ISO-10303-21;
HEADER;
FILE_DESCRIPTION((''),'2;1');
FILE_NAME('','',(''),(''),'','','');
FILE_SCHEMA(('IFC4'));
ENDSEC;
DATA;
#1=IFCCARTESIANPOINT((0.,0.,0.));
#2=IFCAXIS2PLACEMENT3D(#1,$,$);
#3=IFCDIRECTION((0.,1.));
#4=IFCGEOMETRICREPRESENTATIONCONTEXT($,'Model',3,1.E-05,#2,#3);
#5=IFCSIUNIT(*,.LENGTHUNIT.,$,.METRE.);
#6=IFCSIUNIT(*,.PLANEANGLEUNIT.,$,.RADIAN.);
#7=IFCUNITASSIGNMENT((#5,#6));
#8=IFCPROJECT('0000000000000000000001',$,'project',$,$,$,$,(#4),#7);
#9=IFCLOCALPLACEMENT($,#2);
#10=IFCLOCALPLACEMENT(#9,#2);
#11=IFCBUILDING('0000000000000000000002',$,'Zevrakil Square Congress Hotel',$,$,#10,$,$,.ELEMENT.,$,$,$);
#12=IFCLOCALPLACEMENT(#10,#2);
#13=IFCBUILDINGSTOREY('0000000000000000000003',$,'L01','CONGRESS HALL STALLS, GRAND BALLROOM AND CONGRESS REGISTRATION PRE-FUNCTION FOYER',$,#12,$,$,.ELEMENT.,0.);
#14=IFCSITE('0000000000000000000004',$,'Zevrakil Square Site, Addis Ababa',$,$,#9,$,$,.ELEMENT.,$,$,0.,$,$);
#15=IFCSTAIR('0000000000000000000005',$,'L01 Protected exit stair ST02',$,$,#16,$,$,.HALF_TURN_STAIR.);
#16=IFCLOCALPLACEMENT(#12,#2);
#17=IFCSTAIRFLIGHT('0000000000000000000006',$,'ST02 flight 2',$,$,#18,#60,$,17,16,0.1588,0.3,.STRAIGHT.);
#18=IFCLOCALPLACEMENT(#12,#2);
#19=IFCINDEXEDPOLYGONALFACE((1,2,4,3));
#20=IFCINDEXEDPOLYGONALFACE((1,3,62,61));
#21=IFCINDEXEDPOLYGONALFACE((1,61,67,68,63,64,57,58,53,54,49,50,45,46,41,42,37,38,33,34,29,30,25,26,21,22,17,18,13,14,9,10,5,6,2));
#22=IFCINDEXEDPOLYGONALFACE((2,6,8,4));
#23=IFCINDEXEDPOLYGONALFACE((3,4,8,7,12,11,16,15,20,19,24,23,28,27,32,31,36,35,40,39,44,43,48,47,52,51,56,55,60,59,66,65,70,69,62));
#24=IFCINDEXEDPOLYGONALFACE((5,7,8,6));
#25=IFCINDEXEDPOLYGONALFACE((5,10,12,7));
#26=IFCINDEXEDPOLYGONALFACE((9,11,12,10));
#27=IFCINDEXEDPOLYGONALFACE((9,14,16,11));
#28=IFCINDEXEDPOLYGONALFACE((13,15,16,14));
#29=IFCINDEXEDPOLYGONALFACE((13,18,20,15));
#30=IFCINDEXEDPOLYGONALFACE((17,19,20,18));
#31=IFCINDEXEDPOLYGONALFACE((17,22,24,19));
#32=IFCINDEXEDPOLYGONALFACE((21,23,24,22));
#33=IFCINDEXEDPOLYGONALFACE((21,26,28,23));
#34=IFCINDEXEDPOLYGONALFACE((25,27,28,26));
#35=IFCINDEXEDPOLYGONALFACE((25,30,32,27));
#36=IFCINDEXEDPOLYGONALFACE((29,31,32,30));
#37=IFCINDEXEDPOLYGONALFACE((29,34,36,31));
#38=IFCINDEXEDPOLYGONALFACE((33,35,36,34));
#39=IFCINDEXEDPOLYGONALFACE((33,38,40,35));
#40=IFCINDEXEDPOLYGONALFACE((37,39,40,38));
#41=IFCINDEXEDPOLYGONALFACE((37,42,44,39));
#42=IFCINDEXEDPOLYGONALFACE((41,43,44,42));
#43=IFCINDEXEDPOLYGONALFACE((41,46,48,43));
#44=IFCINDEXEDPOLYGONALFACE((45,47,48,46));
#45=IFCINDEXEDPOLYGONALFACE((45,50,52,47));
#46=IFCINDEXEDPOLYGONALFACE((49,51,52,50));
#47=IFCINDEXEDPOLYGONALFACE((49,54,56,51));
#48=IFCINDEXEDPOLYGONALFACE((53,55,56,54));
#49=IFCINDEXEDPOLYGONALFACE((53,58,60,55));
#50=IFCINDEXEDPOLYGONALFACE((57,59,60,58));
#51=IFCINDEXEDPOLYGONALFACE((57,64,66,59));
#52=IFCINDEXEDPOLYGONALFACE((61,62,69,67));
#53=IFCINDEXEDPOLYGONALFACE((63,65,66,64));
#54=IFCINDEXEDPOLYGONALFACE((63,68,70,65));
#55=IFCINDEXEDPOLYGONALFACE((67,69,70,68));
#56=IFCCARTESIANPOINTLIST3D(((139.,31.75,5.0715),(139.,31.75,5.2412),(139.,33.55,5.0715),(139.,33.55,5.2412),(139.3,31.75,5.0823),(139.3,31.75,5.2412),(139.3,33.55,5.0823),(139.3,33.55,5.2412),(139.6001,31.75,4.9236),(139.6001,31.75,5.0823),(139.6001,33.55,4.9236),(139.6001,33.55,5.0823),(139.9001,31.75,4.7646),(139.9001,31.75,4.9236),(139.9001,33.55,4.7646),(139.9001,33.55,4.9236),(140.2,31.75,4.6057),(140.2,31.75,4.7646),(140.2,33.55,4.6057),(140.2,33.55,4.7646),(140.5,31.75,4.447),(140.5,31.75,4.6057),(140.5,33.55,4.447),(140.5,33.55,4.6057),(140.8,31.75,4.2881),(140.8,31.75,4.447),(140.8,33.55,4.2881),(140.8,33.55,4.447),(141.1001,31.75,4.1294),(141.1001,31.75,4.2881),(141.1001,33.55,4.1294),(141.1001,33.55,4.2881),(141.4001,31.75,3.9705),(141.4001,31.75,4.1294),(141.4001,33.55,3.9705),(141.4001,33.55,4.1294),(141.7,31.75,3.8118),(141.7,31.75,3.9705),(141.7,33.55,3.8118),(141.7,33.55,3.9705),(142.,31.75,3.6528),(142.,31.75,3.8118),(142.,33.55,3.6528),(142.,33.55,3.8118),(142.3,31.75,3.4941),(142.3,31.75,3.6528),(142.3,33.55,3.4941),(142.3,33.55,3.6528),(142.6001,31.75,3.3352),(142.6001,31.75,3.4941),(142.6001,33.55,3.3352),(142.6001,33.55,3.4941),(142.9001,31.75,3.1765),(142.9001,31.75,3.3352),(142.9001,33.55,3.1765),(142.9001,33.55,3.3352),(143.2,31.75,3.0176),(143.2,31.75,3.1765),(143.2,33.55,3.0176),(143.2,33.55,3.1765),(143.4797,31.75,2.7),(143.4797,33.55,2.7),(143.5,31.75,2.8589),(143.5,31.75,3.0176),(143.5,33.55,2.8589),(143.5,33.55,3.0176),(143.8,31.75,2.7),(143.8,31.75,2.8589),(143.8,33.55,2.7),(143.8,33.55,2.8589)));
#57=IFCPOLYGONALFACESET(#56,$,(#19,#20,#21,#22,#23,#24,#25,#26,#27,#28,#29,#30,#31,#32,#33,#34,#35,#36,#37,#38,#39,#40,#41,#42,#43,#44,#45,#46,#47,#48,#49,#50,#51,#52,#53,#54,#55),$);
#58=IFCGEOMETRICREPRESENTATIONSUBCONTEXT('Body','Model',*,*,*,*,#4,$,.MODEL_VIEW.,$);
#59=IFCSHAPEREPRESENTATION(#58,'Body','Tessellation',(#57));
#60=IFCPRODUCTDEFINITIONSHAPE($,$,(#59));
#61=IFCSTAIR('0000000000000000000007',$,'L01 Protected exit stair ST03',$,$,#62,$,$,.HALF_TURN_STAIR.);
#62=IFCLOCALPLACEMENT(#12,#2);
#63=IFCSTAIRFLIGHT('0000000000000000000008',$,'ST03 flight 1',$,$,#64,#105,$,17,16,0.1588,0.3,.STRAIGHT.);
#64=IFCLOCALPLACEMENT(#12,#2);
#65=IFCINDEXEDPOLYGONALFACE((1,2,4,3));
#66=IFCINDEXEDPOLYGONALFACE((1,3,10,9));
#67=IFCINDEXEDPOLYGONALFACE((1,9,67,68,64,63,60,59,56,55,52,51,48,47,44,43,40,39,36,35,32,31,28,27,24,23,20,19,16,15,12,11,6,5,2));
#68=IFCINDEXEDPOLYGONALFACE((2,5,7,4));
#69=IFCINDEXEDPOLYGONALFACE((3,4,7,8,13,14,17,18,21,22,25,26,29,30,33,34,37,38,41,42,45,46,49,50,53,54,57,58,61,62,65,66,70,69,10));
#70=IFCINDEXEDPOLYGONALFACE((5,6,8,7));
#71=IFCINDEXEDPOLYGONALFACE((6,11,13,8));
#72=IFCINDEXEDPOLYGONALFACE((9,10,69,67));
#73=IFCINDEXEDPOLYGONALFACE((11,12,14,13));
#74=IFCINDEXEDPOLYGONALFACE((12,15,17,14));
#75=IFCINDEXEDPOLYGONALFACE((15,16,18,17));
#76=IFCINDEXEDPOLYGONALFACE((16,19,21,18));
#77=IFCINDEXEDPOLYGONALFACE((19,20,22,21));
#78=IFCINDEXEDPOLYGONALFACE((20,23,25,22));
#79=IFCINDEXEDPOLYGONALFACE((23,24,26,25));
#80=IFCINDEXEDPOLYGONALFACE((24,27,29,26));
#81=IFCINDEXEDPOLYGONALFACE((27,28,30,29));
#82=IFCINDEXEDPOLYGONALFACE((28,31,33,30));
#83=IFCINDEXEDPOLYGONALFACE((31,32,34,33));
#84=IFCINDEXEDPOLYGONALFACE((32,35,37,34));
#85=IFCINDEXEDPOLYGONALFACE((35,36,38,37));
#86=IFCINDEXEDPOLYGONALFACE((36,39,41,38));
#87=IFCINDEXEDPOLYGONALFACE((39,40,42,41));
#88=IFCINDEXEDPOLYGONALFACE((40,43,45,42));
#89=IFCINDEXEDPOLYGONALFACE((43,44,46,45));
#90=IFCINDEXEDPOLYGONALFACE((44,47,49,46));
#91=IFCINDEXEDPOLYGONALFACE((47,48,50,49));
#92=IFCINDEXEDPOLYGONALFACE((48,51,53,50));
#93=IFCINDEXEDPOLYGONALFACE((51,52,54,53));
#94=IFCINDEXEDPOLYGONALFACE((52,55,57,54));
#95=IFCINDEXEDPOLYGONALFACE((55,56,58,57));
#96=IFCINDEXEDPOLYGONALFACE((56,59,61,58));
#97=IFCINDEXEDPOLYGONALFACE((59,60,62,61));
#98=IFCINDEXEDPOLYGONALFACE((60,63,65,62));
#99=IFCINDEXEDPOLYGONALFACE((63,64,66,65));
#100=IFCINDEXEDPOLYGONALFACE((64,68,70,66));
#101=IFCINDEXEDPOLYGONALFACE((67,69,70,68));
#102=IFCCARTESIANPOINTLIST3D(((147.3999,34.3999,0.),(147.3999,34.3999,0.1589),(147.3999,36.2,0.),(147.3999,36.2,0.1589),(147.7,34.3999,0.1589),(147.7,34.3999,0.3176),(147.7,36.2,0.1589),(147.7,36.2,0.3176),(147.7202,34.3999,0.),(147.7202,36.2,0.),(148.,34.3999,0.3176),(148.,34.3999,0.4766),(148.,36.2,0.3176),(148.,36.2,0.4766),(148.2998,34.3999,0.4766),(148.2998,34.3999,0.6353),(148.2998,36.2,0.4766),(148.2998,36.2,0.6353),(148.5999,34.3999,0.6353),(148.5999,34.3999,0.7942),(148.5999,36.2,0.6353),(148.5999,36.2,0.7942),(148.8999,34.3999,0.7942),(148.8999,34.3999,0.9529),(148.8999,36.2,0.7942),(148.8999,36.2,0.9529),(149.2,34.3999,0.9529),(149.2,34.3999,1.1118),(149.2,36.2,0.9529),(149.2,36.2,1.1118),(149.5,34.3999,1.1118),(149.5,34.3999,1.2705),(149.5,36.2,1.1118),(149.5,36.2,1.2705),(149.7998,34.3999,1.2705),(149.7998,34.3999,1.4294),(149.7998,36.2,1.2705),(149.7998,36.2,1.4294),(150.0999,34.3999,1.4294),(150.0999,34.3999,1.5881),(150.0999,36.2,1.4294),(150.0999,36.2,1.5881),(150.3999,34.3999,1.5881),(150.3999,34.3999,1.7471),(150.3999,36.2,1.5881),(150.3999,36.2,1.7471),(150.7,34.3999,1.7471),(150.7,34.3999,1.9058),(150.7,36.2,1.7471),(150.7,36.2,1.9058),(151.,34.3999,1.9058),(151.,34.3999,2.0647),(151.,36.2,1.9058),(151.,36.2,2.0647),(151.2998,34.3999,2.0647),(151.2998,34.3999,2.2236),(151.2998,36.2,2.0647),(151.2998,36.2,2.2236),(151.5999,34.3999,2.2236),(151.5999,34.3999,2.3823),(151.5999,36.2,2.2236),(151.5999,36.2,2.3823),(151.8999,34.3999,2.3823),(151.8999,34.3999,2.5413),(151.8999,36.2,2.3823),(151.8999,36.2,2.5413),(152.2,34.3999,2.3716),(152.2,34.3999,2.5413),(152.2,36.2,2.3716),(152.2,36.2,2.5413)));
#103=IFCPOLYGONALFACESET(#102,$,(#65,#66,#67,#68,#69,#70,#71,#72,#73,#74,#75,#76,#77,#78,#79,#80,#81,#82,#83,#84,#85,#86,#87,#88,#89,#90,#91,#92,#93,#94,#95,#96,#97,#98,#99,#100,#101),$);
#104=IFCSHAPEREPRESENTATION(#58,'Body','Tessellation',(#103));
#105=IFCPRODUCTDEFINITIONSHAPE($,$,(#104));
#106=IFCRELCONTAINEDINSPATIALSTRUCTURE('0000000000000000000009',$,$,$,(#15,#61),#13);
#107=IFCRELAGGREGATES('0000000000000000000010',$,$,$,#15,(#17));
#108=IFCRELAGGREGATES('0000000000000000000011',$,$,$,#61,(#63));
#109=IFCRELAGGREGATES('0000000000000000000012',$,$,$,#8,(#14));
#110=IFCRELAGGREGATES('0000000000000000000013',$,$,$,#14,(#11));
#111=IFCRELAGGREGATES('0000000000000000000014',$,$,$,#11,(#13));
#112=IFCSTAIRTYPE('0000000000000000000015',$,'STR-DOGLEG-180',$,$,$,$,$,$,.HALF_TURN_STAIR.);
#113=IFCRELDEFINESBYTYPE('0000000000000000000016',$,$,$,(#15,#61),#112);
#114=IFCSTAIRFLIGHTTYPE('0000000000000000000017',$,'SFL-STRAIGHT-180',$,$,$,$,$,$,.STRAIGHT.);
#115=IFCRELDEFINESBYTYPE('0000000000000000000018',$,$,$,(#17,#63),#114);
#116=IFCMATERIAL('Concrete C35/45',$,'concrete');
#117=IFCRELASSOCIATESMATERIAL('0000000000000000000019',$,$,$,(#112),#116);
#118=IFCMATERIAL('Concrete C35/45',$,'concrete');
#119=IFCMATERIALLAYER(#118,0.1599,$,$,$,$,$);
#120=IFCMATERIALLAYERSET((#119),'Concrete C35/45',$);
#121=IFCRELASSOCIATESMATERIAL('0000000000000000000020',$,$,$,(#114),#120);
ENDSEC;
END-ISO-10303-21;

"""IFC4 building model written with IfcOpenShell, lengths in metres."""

from ifc_helpers import new_model, si_unit, direction, frame, origin, place, context, subcontext, project, spatial, polyline, outline, extrude, material, layer, layer_set, type_object, element, aggregate, save


model = new_model("IFC4")

# Units and contexts
model_context = context("Model", 3, precision=1e-05, world=origin(), true_north=direction((0.0, 1.0)))
body_context = subcontext(model_context, "Body", "Model", "MODEL_VIEW")
ifc_project = project(units=[si_unit("LENGTHUNIT", "METRE"), si_unit("PLANEANGLEUNIT", "RADIAN")], contexts=[model_context])

# Site, building, storey
site_placement = place(None, origin())
site = spatial("IfcSite", under=ifc_project, at=site_placement, Name="Zevrakil Square Site, Addis Ababa", CompositionType="ELEMENT", RefElevation=0.0)
building_placement = place(site_placement, origin())
building = spatial("IfcBuilding", under=site, at=building_placement, Name="Zevrakil Square Congress Hotel", CompositionType="ELEMENT")
storey_placement = place(building_placement, origin())
storey = spatial("IfcBuildingStorey", under=building, at=storey_placement, Name="L01", Description="CONGRESS HALL STALLS, GRAND BALLROOM AND CONGRESS REGISTRATION PRE-FUNCTION FOYER", CompositionType="ELEMENT", Elevation=0.0)

# Stairs, stair flights
ifc_material_1 = material(Name="Concrete C35/45", Category="concrete")
stair_type = type_object("IfcStairType", Name="STR-DOGLEG-180", PredefinedType="HALF_TURN_STAIR", material=ifc_material_1)
stair_1_placement = place(storey_placement, origin())
stair_1 = element("IfcStair", 1, at=stair_1_placement, inside=storey, type_object=stair_type, Name="L01 Protected exit stair ST02", PredefinedType="HALF_TURN_STAIR")
ifc_material_2 = material(Name="Concrete C35/45", Category="concrete")
ifc_layer_1 = layer(ifc_material_2, 0.1599)
ifc_layer_set_1 = layer_set([ifc_layer_1], Name="Concrete C35/45")
stair_flight_type = type_object("IfcStairFlightType", Name="SFL-STRAIGHT-180", PredefinedType="STRAIGHT", material=ifc_layer_set_1)
stair_flight_1_placement = place(storey_placement, frame((143.8, 32.6499, 2.7), z_axis=(0.0, 0.0, 1.0), x_axis=(-1.0, 0.0, 0.0)))
stair_flight_1 = element("IfcStairFlight", 2, at=stair_flight_1_placement, type_object=stair_flight_type, Name="ST02 flight 2", NumberOfRisers=17, NumberOfTreads=16, PredefinedType="STRAIGHT", RiserHeight=0.1588, TreadLength=0.3, context=body_context, shape_type="SweptSolid", body=[
    extrude(outline(polyline([(0.0, 0.0), (0.0, 0.1589), (0.3, 0.1589), (0.3, 0.3176), (0.6001, 0.3176), (0.6001, 0.4766), (0.8999, 0.4766), (0.8999, 0.6353), (1.2, 0.6353), (1.2, 0.7942), (1.5, 0.7942), (1.5, 0.9529), (1.8, 0.9529), (1.8, 1.1118), (2.1001, 1.1118), (2.1001, 1.2705), (2.3999, 1.2705), (2.3999, 1.4294), (2.7, 1.4294), (2.7, 1.5881), (3.0, 1.5881), (3.0, 1.7471), (3.3, 1.7471), (3.3, 1.9058), (3.6001, 1.9058), (3.6001, 2.0647), (3.8999, 2.0647), (3.8999, 2.2236), (4.2, 2.2236), (4.2, 2.3823), (4.5, 2.3823), (4.5, 2.5413), (4.8, 2.5413), (4.8, 2.7), (4.8, 2.3716), (0.3203, 0.0), (0.0, 0.0)])), frame((0.0, 0.8999, 0.0), z_axis=(0.0, -1.0, 0.0), x_axis=(1.0, 0.0, 0.0)), (0.0, 0.0, 1.0), 1.8),
])
aggregate(stair_1, [stair_flight_1])
stair_2_placement = place(storey_placement, origin())
stair_2 = element("IfcStair", 3, at=stair_2_placement, inside=storey, type_object=stair_type, Name="L01 Protected exit stair ST03", PredefinedType="HALF_TURN_STAIR")
stair_flight_2_placement = place(storey_placement, frame((147.3999, 35.3, 0.0), z_axis=(0.0, 0.0, 1.0), x_axis=(1.0, 0.0, 0.0)))
stair_flight_2 = element("IfcStairFlight", 4, at=stair_flight_2_placement, type_object=stair_flight_type, Name="ST03 flight 1", NumberOfRisers=17, NumberOfTreads=16, PredefinedType="STRAIGHT", RiserHeight=0.1588, TreadLength=0.3, context=body_context, shape_type="SweptSolid", body=[
    extrude(outline(polyline([(0.0, 0.0), (0.0, 0.1589), (0.3, 0.1589), (0.3, 0.3176), (0.6001, 0.3176), (0.6001, 0.4766), (0.8999, 0.4766), (0.8999, 0.6353), (1.2, 0.6353), (1.2, 0.7942), (1.5, 0.7942), (1.5, 0.9529), (1.8, 0.9529), (1.8, 1.1118), (2.1001, 1.1118), (2.1001, 1.2705), (2.3999, 1.2705), (2.3999, 1.4294), (2.7, 1.4294), (2.7, 1.5881), (3.0, 1.5881), (3.0, 1.7471), (3.3, 1.7471), (3.3, 1.9058), (3.6001, 1.9058), (3.6001, 2.0647), (3.8999, 2.0647), (3.8999, 2.2236), (4.2, 2.2236), (4.2, 2.3823), (4.5, 2.3823), (4.5, 2.5413), (4.8, 2.5413), (4.8, 2.7), (4.8, 2.3716), (0.3203, 0.0), (0.0, 0.0)])), frame((0.0, 0.8999, 0.0), z_axis=(0.0, -1.0, 0.0), x_axis=(1.0, 0.0, 0.0)), (0.0, 0.0, 1.0), 1.8),
])
aggregate(stair_2, [stair_flight_2])

save(model, "model.ifc")
